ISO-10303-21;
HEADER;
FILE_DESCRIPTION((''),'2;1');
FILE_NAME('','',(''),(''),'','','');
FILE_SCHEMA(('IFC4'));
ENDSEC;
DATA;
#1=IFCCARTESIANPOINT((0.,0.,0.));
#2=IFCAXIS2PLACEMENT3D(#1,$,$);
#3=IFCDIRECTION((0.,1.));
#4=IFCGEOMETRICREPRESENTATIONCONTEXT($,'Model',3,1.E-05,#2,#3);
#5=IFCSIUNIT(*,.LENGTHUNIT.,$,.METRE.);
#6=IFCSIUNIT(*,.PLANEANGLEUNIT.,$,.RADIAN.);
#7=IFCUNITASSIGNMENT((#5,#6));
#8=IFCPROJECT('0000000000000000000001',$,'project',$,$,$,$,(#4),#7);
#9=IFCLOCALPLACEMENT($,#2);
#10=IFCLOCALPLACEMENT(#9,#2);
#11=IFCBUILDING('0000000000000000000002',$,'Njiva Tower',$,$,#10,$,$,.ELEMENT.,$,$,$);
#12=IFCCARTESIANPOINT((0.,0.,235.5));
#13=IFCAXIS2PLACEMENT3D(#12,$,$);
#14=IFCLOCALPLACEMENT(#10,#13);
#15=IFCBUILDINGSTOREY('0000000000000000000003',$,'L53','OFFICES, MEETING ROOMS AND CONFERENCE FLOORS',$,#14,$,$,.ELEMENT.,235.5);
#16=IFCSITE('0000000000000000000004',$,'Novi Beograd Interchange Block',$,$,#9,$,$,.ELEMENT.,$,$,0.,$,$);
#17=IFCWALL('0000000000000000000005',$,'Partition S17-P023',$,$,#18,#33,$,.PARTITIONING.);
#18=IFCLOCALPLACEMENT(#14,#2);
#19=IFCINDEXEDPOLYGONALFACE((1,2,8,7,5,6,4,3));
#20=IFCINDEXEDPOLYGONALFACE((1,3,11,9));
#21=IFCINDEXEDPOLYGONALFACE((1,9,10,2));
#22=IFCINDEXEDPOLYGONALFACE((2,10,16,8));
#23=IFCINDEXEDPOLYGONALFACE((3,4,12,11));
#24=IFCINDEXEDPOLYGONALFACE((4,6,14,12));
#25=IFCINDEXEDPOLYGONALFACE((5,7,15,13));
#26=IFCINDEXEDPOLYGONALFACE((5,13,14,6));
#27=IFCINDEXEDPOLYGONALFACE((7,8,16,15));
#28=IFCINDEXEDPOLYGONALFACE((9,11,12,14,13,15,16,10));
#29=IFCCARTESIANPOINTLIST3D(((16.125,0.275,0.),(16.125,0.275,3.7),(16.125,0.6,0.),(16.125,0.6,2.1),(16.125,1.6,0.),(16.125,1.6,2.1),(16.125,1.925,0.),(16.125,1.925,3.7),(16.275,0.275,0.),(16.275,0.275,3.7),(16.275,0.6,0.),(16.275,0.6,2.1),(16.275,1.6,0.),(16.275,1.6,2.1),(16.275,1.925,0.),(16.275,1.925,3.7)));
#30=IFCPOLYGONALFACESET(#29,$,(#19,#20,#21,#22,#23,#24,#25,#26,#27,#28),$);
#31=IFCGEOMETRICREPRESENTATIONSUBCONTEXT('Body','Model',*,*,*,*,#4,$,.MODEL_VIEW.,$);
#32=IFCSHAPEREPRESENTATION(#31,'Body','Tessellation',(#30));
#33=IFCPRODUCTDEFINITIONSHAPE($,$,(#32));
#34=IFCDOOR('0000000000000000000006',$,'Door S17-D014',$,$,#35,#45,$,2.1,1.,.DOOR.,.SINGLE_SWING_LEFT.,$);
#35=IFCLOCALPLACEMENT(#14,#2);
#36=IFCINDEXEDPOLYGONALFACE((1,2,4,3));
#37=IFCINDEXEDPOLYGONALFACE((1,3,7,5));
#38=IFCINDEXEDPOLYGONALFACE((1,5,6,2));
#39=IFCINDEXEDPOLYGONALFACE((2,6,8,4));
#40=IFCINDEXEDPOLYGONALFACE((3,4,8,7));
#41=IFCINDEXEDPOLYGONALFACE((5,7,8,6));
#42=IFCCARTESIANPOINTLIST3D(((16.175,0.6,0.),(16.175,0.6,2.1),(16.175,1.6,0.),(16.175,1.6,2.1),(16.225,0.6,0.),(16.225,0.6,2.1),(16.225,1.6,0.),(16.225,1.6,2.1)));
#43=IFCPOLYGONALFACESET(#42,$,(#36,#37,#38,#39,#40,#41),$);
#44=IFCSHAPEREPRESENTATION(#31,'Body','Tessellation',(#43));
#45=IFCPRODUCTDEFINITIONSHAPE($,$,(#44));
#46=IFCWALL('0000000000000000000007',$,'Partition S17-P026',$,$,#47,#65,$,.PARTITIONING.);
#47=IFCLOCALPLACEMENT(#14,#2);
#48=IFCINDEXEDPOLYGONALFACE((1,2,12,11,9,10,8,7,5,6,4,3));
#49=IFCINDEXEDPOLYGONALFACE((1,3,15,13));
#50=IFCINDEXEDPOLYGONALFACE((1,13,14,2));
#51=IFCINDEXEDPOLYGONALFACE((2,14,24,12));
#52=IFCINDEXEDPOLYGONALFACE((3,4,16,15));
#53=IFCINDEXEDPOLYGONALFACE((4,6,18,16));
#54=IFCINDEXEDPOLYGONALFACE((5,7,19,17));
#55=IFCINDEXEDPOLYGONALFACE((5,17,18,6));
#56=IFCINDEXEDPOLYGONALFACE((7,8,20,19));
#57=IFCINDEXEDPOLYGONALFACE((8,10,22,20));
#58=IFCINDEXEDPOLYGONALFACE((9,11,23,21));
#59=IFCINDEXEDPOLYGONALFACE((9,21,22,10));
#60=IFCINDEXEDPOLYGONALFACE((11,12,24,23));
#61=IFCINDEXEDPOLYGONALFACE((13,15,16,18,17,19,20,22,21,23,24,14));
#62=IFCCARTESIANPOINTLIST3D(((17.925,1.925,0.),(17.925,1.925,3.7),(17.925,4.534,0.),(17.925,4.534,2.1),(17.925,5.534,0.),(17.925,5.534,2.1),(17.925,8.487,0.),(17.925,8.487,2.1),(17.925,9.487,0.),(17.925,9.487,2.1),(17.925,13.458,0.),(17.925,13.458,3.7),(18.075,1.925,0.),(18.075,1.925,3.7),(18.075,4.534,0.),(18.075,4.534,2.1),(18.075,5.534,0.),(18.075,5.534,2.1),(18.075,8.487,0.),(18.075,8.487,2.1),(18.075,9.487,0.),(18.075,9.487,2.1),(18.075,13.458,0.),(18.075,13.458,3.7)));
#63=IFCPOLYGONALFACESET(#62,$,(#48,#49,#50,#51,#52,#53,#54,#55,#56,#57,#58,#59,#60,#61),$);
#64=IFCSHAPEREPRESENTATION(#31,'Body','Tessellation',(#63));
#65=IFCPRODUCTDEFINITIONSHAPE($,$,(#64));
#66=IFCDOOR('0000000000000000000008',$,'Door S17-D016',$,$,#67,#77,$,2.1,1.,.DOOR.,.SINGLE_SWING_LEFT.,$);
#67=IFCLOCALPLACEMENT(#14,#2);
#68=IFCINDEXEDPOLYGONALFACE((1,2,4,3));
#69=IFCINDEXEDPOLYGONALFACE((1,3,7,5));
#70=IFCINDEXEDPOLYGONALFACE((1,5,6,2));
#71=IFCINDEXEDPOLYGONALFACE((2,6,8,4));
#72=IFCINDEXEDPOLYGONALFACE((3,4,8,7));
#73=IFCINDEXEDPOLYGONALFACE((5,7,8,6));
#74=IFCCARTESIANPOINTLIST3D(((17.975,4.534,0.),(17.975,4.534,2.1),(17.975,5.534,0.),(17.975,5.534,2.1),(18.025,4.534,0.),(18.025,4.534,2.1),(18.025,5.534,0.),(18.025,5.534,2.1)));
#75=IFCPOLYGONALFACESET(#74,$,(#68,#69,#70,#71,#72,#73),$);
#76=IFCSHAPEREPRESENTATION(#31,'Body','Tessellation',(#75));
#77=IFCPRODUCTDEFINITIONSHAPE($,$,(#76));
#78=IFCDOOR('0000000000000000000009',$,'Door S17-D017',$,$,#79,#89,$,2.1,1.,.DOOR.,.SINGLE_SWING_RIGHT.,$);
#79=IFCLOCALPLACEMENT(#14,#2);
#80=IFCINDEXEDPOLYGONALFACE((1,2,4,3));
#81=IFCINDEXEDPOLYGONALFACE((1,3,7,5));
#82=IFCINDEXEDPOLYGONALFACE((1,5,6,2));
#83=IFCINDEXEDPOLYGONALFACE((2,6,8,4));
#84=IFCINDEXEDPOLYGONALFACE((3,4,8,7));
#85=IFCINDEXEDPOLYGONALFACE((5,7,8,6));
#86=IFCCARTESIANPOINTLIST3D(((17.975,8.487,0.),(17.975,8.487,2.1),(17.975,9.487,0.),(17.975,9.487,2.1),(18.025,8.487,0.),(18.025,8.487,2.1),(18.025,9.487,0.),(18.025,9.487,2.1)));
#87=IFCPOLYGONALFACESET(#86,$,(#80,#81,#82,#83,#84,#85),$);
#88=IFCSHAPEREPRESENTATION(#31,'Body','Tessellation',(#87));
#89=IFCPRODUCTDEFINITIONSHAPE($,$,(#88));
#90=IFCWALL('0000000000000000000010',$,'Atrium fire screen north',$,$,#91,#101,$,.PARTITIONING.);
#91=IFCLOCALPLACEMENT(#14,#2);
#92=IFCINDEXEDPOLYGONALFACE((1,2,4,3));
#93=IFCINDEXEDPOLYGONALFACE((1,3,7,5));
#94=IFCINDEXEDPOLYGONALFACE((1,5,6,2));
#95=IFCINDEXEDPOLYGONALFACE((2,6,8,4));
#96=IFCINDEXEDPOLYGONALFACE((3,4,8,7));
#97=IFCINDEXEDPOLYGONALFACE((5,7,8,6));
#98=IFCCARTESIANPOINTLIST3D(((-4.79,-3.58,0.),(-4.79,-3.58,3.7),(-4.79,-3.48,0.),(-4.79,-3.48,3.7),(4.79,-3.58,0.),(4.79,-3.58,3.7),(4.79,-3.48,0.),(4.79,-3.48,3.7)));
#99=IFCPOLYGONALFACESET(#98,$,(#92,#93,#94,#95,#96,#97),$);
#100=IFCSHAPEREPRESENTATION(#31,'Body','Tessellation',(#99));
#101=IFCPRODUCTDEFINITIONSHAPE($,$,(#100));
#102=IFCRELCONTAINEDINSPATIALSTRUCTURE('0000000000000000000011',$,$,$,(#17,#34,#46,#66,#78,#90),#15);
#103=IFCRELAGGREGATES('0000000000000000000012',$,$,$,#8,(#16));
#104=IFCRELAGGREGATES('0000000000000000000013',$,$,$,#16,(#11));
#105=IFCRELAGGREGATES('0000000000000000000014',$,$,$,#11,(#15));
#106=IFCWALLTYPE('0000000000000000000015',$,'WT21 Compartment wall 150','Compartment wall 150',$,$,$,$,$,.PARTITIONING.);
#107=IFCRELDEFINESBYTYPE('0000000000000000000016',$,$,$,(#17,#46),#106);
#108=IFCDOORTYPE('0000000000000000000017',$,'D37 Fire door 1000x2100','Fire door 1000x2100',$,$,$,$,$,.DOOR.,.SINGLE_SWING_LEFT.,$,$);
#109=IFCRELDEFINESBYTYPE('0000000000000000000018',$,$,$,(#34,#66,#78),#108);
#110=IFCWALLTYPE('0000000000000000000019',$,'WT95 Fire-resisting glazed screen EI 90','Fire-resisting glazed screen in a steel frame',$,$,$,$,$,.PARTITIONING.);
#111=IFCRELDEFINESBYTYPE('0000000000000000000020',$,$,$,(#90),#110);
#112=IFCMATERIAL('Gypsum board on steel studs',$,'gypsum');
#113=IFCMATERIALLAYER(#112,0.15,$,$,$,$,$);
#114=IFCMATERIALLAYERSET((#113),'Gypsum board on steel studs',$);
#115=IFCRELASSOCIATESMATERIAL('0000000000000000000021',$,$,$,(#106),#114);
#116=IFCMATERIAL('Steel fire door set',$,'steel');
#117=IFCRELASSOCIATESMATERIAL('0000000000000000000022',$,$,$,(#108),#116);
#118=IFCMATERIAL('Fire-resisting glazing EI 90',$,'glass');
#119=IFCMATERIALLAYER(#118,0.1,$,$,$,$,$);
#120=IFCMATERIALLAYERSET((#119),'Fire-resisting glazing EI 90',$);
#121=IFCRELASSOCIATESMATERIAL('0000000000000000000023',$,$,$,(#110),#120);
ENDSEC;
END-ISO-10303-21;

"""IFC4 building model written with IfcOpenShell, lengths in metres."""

from ifc_helpers import new_model, si_unit, direction, frame, frame_2d, origin, place, context, subcontext, project, spatial, rectangle, extrude, material, layer, layer_set, type_object, element, fill, save


model = new_model("IFC4")

# Units and contexts
model_context = context("Model", 3, precision=1e-05, world=origin(), true_north=direction((0.0, 1.0)))
body_context = subcontext(model_context, "Body", "Model", "MODEL_VIEW")
ifc_project = project(units=[si_unit("LENGTHUNIT", "METRE"), si_unit("PLANEANGLEUNIT", "RADIAN")], contexts=[model_context])

# Site, building, storey
site_placement = place(None, origin())
site = spatial("IfcSite", under=ifc_project, at=site_placement, Name="Novi Beograd Interchange Block", CompositionType="ELEMENT", RefElevation=0.0)
building_placement = place(site_placement, origin())
building = spatial("IfcBuilding", under=site, at=building_placement, Name="Njiva Tower", CompositionType="ELEMENT")
storey_placement = place(building_placement, frame((0.0, 0.0, 235.5)))
storey = spatial("IfcBuildingStorey", under=building, at=storey_placement, Name="L53", Description="OFFICES, MEETING ROOMS AND CONFERENCE FLOORS", CompositionType="ELEMENT", Elevation=235.5)

# Shared definitions
ifc_material_1 = material(Name="Gypsum board on steel studs", Category="gypsum")
ifc_layer_1 = layer(ifc_material_1, 0.15)
ifc_layer_set_1 = layer_set([ifc_layer_1], Name="Gypsum board on steel studs")
wall_type_1 = type_object("IfcWallType", Name="WT21 Compartment wall 150", Description="Compartment wall 150", PredefinedType="PARTITIONING", material=ifc_layer_set_1)

# Wall, opening, door
ifc_material_2 = material(Name="Steel fire door set", Category="steel")
wall_1_placement = place(storey_placement, frame((16.2, 0.275, 0.0), z_axis=(0.0, 0.0, 1.0), x_axis=(0.0, 1.0, 0.0)))
wall_1 = element("IfcWall", 1, at=wall_1_placement, inside=storey, type_object=wall_type_1, Name="Partition S17-P023", PredefinedType="PARTITIONING", context=body_context, shape_type="SweptSolid", body=[
    extrude(rectangle(XDim=1.65, YDim=0.15, at=frame_2d((0.825, 0.0))), origin(), (0.0, 0.0, 1.0), 3.7),
])
opening_1_placement = place(wall_1_placement, frame((0.325, 0.0, 0.0)))
opening_1 = element("IfcOpeningElement", 2, at=opening_1_placement, cuts=wall_1, PredefinedType="OPENING", context=body_context, shape_type="SweptSolid", body=[
    extrude(rectangle(XDim=1.0, YDim=2.1, at=frame_2d((0.5, 1.05))), frame((0.0, 0.085, 0.0), z_axis=(0.0, -1.0, 0.0), x_axis=(1.0, 0.0, 0.0)), (0.0, 0.0, 1.0), 0.17),
])
door_type_1 = type_object("IfcDoorType", Name="D37 Fire door 1000x2100", Description="Fire door 1000x2100", OperationType="SINGLE_SWING_LEFT", PredefinedType="DOOR", material=ifc_material_2)
door_1_placement = place(opening_1_placement, origin())
door_1 = element("IfcDoor", 3, at=door_1_placement, inside=storey, type_object=door_type_1, Name="Door S17-D014", OperationType="SINGLE_SWING_LEFT", OverallHeight=2.1, OverallWidth=1.0, PredefinedType="DOOR", context=body_context, shape_type="SweptSolid", body=[
    extrude(rectangle(XDim=1.0, YDim=2.1, at=frame_2d((0.5, 1.05))), frame((0.0, 0.025, 0.0), z_axis=(0.0, -1.0, 0.0), x_axis=(1.0, 0.0, 0.0)), (0.0, 0.0, 1.0), 0.05),
])
fill(opening_1, door_1)

# Wall, openings, doors
wall_2_placement = place(storey_placement, frame((18.0, 1.925, 0.0), z_axis=(0.0, 0.0, 1.0), x_axis=(0.0, 1.0, 0.0)))
wall_2 = element("IfcWall", 4, at=wall_2_placement, inside=storey, type_object=wall_type_1, Name="Partition S17-P026", PredefinedType="PARTITIONING", context=body_context, shape_type="SweptSolid", body=[
    extrude(rectangle(XDim=11.533, YDim=0.15, at=frame_2d((5.7665, 0.0))), origin(), (0.0, 0.0, 1.0), 3.7),
])
opening_2_placement = place(wall_2_placement, frame((2.609, 0.0, 0.0)))
opening_2 = element("IfcOpeningElement", 5, at=opening_2_placement, cuts=wall_2, PredefinedType="OPENING", context=body_context, shape_type="SweptSolid", body=[
    extrude(rectangle(XDim=1.0, YDim=2.1, at=frame_2d((0.5, 1.05))), frame((0.0, 0.085, 0.0), z_axis=(0.0, -1.0, 0.0), x_axis=(1.0, 0.0, 0.0)), (0.0, 0.0, 1.0), 0.17),
])
opening_3_placement = place(wall_2_placement, frame((6.562, 0.0, 0.0)))
opening_3 = element("IfcOpeningElement", 6, at=opening_3_placement, cuts=wall_2, PredefinedType="OPENING", context=body_context, shape_type="SweptSolid", body=[
    extrude(rectangle(XDim=1.0, YDim=2.1, at=frame_2d((0.5, 1.05))), frame((0.0, 0.085, 0.0), z_axis=(0.0, -1.0, 0.0), x_axis=(1.0, 0.0, 0.0)), (0.0, 0.0, 1.0), 0.17),
])
door_2_placement = place(opening_2_placement, origin())
door_2 = element("IfcDoor", 7, at=door_2_placement, inside=storey, type_object=door_type_1, Name="Door S17-D016", OperationType="SINGLE_SWING_LEFT", OverallHeight=2.1, OverallWidth=1.0, PredefinedType="DOOR", context=body_context, shape_type="SweptSolid", body=[
    extrude(rectangle(XDim=1.0, YDim=2.1, at=frame_2d((0.5, 1.05))), frame((0.0, 0.025, 0.0), z_axis=(0.0, -1.0, 0.0), x_axis=(1.0, 0.0, 0.0)), (0.0, 0.0, 1.0), 0.05),
])
fill(opening_2, door_2)
door_3_placement = place(opening_3_placement, origin())
door_3 = element("IfcDoor", 8, at=door_3_placement, inside=storey, type_object=door_type_1, Name="Door S17-D017", OperationType="SINGLE_SWING_RIGHT", OverallHeight=2.1, OverallWidth=1.0, PredefinedType="DOOR", context=body_context, shape_type="SweptSolid", body=[
    extrude(rectangle(XDim=1.0, YDim=2.1, at=frame_2d((0.5, 1.05))), frame((0.0, 0.025, 0.0), z_axis=(0.0, -1.0, 0.0), x_axis=(1.0, 0.0, 0.0)), (0.0, 0.0, 1.0), 0.05),
])
fill(opening_3, door_3)

# Wall
ifc_material_3 = material(Name="Fire-resisting glazing EI 90", Category="glass")
ifc_layer_2 = layer(ifc_material_3, 0.1)
ifc_layer_set_2 = layer_set([ifc_layer_2], Name="Fire-resisting glazing EI 90")
wall_type_2 = type_object("IfcWallType", Name="WT95 Fire-resisting glazed screen EI 90", Description="Fire-resisting glazed screen in a steel frame", PredefinedType="PARTITIONING", material=ifc_layer_set_2)
wall_3_placement = place(storey_placement, frame((4.79, -3.53, 0.0), z_axis=(0.0, 0.0, 1.0), x_axis=(-1.0, 0.0, 0.0)))
element("IfcWall", 9, at=wall_3_placement, inside=storey, type_object=wall_type_2, Name="Atrium fire screen north", PredefinedType="PARTITIONING", context=body_context, shape_type="SweptSolid", body=[
    extrude(rectangle(XDim=9.58, YDim=0.1, at=frame_2d((4.79, 0.0))), origin(), (0.0, 0.0, 1.0), 3.7),
])

save(model, "model.ifc")
